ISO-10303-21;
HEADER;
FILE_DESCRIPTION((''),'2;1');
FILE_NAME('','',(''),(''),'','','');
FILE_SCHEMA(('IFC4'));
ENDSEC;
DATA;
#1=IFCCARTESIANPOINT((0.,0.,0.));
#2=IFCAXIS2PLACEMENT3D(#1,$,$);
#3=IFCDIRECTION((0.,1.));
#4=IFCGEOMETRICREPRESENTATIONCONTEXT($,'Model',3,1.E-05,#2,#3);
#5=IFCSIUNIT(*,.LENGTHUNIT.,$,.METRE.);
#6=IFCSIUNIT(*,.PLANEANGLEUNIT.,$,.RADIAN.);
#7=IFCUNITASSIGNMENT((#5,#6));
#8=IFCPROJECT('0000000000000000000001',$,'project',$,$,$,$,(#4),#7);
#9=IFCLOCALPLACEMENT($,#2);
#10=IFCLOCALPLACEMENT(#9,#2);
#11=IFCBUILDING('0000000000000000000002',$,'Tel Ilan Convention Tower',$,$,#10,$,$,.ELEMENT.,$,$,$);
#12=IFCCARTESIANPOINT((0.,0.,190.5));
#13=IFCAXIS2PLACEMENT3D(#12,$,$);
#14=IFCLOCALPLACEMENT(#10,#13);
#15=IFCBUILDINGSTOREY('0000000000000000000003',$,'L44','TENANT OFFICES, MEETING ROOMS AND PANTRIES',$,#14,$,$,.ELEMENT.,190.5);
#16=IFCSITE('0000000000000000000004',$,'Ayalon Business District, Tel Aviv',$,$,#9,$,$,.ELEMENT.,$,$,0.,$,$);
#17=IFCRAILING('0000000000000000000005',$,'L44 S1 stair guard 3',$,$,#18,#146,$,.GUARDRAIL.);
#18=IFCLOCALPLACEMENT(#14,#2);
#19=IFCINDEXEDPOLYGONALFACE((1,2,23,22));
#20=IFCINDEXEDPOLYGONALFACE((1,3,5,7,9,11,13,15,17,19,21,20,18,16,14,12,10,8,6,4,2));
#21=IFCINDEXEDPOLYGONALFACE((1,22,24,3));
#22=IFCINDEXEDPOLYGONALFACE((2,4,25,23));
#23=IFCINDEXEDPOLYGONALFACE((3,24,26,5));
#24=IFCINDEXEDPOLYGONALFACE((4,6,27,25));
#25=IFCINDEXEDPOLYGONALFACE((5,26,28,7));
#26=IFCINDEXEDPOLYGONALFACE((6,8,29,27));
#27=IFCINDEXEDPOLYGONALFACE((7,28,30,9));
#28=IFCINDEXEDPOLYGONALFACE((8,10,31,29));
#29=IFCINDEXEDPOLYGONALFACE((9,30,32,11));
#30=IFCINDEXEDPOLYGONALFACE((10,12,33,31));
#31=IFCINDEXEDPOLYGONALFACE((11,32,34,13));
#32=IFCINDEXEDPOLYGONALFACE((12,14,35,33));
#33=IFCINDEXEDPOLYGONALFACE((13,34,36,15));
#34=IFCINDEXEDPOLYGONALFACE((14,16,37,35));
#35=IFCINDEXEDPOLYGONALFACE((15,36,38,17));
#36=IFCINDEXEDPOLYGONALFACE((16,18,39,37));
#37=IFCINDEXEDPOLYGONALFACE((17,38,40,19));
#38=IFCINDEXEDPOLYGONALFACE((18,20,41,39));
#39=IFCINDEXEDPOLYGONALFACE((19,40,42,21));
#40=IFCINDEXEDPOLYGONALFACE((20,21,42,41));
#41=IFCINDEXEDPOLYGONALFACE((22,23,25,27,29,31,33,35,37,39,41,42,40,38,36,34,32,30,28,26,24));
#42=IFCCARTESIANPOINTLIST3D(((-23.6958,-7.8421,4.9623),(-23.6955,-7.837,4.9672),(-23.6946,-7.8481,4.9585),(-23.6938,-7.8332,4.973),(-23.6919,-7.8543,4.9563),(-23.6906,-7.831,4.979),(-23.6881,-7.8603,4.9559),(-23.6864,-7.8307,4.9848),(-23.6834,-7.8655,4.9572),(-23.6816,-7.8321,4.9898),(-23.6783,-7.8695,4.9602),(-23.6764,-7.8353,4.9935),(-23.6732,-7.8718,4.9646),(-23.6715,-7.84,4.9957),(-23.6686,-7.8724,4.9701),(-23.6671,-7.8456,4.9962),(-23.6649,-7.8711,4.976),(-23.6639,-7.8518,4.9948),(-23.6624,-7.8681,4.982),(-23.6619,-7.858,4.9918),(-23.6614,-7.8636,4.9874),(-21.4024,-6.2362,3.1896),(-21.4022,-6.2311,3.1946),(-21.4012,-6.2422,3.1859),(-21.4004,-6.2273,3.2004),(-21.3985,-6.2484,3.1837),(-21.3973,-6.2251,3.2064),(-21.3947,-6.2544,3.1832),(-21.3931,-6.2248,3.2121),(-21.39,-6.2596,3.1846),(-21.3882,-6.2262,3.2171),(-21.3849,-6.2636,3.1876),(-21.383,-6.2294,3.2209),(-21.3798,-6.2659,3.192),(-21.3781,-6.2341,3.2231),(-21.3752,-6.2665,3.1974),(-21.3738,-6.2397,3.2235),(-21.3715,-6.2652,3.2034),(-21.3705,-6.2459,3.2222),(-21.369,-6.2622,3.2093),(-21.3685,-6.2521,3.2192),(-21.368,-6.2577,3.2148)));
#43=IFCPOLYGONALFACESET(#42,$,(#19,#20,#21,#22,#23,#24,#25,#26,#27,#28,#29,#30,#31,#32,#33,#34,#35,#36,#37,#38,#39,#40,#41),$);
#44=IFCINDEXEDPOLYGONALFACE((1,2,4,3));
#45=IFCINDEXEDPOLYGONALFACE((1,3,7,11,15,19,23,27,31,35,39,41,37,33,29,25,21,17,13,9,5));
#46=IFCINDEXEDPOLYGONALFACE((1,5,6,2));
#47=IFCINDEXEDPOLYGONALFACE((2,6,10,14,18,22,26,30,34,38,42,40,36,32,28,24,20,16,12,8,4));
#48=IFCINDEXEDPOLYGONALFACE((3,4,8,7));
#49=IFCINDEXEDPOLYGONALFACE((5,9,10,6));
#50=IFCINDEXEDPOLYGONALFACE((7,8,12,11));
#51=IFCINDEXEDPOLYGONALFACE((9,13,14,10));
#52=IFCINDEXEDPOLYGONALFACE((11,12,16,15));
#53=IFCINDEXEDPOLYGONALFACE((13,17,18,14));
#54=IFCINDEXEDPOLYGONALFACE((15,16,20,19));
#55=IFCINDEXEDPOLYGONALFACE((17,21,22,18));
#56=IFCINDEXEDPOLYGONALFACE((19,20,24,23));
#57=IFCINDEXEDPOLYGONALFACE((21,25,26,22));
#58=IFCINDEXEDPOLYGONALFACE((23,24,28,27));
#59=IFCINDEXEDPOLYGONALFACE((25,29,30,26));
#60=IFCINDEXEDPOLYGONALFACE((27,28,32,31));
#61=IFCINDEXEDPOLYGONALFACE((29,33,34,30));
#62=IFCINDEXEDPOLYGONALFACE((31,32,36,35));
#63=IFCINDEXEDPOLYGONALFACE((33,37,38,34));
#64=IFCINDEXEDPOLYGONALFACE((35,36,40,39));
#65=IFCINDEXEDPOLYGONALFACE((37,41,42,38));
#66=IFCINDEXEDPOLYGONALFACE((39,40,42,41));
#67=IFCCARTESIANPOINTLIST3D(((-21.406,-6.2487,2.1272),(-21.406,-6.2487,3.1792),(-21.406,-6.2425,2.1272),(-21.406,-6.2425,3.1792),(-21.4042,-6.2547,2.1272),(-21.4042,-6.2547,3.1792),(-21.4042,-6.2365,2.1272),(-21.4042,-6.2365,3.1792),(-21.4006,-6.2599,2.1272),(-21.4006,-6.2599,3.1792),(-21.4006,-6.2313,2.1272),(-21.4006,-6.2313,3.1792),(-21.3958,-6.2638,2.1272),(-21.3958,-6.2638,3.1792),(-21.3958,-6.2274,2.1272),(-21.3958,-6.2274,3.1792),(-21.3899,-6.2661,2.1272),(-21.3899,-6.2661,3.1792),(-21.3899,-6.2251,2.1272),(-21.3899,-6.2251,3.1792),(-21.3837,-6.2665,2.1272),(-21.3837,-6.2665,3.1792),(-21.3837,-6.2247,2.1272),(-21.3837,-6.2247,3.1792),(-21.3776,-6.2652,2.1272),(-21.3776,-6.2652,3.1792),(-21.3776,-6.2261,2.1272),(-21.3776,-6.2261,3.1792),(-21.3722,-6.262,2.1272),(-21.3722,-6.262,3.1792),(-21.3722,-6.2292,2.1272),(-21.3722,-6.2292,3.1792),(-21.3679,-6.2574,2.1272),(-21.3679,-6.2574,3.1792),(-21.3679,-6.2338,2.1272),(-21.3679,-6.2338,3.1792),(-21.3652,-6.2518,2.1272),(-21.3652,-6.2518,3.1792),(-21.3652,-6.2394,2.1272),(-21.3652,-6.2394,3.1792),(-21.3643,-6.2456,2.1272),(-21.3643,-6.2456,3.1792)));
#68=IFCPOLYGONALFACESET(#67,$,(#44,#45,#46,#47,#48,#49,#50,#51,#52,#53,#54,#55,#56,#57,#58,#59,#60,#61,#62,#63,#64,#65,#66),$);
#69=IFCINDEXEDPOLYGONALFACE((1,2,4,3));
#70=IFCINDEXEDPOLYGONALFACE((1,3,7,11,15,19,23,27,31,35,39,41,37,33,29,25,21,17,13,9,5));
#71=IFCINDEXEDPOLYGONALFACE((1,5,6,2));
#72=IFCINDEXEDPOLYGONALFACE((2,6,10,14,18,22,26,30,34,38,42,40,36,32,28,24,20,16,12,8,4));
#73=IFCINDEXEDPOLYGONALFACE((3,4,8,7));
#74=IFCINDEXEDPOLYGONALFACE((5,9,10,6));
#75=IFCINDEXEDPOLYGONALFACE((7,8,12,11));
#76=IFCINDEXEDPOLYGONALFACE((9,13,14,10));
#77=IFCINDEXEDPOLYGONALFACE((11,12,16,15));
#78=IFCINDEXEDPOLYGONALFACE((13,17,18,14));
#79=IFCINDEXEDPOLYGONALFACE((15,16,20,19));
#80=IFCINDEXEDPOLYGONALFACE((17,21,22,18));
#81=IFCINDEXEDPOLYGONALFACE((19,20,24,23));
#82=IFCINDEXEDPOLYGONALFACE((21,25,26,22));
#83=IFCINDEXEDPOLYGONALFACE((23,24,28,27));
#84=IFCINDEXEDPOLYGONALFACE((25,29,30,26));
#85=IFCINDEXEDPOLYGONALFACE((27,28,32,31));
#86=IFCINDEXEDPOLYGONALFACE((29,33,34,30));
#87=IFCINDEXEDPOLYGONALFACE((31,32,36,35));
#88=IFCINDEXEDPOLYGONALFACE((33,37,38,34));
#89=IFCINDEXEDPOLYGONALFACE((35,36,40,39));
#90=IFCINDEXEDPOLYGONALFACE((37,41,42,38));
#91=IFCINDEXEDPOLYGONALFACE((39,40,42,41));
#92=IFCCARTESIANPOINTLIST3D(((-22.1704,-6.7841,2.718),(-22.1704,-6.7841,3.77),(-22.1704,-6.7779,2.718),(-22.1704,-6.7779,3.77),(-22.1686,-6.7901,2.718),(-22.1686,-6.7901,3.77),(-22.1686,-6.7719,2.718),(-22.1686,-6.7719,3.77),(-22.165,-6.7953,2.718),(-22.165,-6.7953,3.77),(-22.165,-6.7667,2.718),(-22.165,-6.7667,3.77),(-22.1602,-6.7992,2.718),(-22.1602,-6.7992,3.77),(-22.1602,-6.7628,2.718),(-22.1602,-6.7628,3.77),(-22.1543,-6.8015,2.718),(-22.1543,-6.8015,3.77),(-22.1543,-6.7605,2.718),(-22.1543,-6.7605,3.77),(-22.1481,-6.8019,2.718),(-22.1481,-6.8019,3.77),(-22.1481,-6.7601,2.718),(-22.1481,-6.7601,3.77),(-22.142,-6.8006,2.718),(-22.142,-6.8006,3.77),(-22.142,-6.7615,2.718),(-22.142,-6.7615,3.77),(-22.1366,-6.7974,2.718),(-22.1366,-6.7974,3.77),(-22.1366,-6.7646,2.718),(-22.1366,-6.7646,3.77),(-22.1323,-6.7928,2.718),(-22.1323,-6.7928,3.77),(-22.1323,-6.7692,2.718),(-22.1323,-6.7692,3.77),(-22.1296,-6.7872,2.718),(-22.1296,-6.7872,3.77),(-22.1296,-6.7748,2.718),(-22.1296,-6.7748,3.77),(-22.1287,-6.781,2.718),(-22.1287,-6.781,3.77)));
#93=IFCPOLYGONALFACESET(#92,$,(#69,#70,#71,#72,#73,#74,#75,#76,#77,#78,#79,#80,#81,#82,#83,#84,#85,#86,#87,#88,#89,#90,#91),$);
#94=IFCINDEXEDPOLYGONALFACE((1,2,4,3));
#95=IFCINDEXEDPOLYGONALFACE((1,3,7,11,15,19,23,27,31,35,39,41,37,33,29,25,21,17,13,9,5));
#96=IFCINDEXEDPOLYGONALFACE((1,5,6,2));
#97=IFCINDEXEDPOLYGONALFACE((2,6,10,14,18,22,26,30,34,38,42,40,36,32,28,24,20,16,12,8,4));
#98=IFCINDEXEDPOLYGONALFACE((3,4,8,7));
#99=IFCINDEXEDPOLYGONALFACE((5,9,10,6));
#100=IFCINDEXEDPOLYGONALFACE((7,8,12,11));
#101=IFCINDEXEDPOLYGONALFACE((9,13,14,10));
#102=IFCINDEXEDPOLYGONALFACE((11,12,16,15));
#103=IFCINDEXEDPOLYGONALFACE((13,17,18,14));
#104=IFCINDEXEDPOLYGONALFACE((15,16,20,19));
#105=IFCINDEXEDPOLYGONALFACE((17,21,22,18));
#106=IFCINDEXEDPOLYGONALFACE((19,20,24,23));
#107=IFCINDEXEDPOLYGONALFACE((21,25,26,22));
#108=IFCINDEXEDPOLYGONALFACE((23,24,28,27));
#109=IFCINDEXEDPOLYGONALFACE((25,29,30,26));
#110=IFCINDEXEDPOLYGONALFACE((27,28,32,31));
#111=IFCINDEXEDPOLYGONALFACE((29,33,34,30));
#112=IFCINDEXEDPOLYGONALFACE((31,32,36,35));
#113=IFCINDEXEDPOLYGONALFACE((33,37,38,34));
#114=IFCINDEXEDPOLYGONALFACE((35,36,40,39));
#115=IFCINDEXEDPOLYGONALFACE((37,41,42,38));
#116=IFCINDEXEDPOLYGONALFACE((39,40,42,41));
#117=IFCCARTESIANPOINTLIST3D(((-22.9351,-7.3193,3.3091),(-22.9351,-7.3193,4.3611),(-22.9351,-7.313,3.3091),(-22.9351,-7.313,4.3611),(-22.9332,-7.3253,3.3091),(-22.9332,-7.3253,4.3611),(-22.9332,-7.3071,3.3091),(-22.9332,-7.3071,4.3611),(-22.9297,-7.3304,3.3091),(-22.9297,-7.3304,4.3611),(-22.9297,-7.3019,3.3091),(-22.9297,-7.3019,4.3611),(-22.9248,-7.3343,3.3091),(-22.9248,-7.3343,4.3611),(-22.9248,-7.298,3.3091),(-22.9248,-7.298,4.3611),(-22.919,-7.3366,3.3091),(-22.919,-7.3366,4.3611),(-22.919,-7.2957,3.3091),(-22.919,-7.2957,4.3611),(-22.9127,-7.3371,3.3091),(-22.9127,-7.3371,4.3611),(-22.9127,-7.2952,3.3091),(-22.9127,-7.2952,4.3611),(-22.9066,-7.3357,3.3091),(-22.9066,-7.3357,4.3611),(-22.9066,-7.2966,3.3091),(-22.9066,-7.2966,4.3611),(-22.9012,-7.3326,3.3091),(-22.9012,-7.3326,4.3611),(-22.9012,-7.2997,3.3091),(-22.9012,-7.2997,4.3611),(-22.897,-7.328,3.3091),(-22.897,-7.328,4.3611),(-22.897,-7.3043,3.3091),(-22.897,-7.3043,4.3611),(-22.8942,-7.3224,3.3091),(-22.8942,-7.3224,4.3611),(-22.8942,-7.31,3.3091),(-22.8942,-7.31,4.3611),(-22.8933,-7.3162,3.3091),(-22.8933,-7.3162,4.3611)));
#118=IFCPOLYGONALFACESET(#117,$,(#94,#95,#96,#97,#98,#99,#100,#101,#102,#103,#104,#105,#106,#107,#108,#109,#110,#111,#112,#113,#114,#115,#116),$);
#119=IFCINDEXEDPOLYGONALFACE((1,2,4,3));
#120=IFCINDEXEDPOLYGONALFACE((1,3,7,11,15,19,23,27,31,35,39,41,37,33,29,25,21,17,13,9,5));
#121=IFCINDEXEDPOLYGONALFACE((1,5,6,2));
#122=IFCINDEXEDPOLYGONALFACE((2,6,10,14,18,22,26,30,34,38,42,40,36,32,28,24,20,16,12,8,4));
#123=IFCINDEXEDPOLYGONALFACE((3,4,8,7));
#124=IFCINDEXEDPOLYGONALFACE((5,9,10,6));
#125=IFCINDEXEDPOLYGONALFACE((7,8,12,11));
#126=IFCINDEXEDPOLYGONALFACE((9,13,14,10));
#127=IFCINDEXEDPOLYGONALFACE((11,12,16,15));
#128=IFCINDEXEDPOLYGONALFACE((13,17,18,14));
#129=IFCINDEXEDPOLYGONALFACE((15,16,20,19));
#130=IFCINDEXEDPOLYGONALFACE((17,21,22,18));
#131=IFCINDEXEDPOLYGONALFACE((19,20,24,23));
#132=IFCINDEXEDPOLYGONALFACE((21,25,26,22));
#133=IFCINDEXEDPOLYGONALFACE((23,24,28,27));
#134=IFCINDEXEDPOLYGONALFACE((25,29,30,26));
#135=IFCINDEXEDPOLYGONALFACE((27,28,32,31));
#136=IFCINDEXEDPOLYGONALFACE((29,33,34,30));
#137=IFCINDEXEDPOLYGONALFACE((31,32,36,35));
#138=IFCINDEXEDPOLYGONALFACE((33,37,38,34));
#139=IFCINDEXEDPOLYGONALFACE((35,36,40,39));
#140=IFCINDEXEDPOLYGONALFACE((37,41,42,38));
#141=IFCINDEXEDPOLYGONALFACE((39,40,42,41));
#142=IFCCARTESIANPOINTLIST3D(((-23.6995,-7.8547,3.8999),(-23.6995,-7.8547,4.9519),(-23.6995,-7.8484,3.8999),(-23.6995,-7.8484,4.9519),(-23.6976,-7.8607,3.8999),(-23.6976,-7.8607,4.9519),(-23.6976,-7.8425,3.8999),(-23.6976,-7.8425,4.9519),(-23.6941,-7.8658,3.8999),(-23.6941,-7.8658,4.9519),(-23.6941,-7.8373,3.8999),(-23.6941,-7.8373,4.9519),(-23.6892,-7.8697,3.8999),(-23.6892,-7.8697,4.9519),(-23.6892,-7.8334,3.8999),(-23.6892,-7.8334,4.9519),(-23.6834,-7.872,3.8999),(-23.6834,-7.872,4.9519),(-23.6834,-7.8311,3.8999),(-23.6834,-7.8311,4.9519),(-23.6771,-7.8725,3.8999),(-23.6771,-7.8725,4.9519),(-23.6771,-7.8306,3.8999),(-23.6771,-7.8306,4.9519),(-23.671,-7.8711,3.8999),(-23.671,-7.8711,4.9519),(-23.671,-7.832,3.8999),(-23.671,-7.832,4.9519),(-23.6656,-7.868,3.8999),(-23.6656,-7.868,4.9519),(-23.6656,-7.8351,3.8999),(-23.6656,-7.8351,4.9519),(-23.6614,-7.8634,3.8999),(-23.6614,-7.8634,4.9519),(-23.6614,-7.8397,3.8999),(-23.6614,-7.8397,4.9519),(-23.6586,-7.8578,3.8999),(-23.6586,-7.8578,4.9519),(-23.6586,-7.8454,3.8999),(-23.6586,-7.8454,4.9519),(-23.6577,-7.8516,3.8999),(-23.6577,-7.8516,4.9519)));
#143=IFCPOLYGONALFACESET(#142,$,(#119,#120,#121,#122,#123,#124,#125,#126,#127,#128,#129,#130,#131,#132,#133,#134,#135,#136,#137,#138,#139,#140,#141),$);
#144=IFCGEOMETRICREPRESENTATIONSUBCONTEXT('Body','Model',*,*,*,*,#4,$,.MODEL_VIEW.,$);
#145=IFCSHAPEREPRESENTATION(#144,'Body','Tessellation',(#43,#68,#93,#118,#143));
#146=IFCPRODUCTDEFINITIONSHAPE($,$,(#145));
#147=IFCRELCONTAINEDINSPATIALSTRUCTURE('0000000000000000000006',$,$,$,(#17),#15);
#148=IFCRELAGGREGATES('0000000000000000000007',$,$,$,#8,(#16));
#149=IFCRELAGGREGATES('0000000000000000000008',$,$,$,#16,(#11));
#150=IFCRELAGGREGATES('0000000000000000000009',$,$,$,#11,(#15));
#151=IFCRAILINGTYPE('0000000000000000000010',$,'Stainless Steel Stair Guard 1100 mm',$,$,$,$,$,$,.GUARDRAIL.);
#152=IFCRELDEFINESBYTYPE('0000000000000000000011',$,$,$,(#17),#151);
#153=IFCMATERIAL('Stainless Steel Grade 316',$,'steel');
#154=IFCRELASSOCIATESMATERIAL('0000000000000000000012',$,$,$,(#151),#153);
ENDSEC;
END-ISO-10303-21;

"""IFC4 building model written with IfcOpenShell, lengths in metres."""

from ifc_helpers import new_model, si_unit, direction, frame, origin, origin_2d, place, context, subcontext, project, spatial, circle, extrude, material, type_object, element, save


model = new_model("IFC4")

# Units and contexts
model_context = context("Model", 3, precision=1e-05, world=origin(), true_north=direction((0.0, 1.0)))
body_context = subcontext(model_context, "Body", "Model", "MODEL_VIEW")
ifc_project = project(units=[si_unit("LENGTHUNIT", "METRE"), si_unit("PLANEANGLEUNIT", "RADIAN")], contexts=[model_context])

# Site, building, storey
site_placement = place(None, origin())
site = spatial("IfcSite", under=ifc_project, at=site_placement, Name="Ayalon Business District, Tel Aviv", CompositionType="ELEMENT", RefElevation=0.0)
building_placement = place(site_placement, origin())
building = spatial("IfcBuilding", under=site, at=building_placement, Name="Tel Ilan Convention Tower", CompositionType="ELEMENT")
storey_placement = place(building_placement, frame((0.0, 0.0, 190.5)))
storey = spatial("IfcBuildingStorey", under=building, at=storey_placement, Name="L44", Description="TENANT OFFICES, MEETING ROOMS AND PANTRIES", CompositionType="ELEMENT", Elevation=190.5)

# Railing
ifc_material_1 = material(Name="Stainless Steel Grade 316", Category="steel")
railing_type_1 = type_object("IfcRailingType", Name="Stainless Steel Stair Guard 1100 mm", PredefinedType="GUARDRAIL", material=ifc_material_1)
railing_1_placement = place(storey_placement, frame((-21.3853, -6.2456, 2.1272)))
element("IfcRailing", 1, at=railing_1_placement, inside=storey, type_object=railing_type_1, Name="L44 S1 stair guard 3", PredefinedType="GUARDRAIL", context=body_context, shape_type="SweptSolid", body=[
    extrude(circle(Radius=0.0239, at=origin_2d()), frame((0.0, 0.0, 1.0762), z_axis=(-0.692085, -0.484621, 0.53494), x_axis=(0.573591, -0.819142, 0.0)), (0.0, 0.0, 1.0), 3.3137),
    extrude(circle(Radius=0.021, at=origin_2d()), origin(), (0.0, 0.0, 1.0), 1.052),
    extrude(circle(Radius=0.021, at=origin_2d()), frame((-0.7644, -0.5354, 0.5908)), (0.0, 0.0, 1.0), 1.052),
    extrude(circle(Radius=0.021, at=origin_2d()), frame((-1.5291, -1.0706, 1.1819)), (0.0, 0.0, 1.0), 1.052),
    extrude(circle(Radius=0.021, at=origin_2d()), frame((-2.2935, -1.606, 1.7727)), (0.0, 0.0, 1.0), 1.052),
])

save(model, "model.ifc")
